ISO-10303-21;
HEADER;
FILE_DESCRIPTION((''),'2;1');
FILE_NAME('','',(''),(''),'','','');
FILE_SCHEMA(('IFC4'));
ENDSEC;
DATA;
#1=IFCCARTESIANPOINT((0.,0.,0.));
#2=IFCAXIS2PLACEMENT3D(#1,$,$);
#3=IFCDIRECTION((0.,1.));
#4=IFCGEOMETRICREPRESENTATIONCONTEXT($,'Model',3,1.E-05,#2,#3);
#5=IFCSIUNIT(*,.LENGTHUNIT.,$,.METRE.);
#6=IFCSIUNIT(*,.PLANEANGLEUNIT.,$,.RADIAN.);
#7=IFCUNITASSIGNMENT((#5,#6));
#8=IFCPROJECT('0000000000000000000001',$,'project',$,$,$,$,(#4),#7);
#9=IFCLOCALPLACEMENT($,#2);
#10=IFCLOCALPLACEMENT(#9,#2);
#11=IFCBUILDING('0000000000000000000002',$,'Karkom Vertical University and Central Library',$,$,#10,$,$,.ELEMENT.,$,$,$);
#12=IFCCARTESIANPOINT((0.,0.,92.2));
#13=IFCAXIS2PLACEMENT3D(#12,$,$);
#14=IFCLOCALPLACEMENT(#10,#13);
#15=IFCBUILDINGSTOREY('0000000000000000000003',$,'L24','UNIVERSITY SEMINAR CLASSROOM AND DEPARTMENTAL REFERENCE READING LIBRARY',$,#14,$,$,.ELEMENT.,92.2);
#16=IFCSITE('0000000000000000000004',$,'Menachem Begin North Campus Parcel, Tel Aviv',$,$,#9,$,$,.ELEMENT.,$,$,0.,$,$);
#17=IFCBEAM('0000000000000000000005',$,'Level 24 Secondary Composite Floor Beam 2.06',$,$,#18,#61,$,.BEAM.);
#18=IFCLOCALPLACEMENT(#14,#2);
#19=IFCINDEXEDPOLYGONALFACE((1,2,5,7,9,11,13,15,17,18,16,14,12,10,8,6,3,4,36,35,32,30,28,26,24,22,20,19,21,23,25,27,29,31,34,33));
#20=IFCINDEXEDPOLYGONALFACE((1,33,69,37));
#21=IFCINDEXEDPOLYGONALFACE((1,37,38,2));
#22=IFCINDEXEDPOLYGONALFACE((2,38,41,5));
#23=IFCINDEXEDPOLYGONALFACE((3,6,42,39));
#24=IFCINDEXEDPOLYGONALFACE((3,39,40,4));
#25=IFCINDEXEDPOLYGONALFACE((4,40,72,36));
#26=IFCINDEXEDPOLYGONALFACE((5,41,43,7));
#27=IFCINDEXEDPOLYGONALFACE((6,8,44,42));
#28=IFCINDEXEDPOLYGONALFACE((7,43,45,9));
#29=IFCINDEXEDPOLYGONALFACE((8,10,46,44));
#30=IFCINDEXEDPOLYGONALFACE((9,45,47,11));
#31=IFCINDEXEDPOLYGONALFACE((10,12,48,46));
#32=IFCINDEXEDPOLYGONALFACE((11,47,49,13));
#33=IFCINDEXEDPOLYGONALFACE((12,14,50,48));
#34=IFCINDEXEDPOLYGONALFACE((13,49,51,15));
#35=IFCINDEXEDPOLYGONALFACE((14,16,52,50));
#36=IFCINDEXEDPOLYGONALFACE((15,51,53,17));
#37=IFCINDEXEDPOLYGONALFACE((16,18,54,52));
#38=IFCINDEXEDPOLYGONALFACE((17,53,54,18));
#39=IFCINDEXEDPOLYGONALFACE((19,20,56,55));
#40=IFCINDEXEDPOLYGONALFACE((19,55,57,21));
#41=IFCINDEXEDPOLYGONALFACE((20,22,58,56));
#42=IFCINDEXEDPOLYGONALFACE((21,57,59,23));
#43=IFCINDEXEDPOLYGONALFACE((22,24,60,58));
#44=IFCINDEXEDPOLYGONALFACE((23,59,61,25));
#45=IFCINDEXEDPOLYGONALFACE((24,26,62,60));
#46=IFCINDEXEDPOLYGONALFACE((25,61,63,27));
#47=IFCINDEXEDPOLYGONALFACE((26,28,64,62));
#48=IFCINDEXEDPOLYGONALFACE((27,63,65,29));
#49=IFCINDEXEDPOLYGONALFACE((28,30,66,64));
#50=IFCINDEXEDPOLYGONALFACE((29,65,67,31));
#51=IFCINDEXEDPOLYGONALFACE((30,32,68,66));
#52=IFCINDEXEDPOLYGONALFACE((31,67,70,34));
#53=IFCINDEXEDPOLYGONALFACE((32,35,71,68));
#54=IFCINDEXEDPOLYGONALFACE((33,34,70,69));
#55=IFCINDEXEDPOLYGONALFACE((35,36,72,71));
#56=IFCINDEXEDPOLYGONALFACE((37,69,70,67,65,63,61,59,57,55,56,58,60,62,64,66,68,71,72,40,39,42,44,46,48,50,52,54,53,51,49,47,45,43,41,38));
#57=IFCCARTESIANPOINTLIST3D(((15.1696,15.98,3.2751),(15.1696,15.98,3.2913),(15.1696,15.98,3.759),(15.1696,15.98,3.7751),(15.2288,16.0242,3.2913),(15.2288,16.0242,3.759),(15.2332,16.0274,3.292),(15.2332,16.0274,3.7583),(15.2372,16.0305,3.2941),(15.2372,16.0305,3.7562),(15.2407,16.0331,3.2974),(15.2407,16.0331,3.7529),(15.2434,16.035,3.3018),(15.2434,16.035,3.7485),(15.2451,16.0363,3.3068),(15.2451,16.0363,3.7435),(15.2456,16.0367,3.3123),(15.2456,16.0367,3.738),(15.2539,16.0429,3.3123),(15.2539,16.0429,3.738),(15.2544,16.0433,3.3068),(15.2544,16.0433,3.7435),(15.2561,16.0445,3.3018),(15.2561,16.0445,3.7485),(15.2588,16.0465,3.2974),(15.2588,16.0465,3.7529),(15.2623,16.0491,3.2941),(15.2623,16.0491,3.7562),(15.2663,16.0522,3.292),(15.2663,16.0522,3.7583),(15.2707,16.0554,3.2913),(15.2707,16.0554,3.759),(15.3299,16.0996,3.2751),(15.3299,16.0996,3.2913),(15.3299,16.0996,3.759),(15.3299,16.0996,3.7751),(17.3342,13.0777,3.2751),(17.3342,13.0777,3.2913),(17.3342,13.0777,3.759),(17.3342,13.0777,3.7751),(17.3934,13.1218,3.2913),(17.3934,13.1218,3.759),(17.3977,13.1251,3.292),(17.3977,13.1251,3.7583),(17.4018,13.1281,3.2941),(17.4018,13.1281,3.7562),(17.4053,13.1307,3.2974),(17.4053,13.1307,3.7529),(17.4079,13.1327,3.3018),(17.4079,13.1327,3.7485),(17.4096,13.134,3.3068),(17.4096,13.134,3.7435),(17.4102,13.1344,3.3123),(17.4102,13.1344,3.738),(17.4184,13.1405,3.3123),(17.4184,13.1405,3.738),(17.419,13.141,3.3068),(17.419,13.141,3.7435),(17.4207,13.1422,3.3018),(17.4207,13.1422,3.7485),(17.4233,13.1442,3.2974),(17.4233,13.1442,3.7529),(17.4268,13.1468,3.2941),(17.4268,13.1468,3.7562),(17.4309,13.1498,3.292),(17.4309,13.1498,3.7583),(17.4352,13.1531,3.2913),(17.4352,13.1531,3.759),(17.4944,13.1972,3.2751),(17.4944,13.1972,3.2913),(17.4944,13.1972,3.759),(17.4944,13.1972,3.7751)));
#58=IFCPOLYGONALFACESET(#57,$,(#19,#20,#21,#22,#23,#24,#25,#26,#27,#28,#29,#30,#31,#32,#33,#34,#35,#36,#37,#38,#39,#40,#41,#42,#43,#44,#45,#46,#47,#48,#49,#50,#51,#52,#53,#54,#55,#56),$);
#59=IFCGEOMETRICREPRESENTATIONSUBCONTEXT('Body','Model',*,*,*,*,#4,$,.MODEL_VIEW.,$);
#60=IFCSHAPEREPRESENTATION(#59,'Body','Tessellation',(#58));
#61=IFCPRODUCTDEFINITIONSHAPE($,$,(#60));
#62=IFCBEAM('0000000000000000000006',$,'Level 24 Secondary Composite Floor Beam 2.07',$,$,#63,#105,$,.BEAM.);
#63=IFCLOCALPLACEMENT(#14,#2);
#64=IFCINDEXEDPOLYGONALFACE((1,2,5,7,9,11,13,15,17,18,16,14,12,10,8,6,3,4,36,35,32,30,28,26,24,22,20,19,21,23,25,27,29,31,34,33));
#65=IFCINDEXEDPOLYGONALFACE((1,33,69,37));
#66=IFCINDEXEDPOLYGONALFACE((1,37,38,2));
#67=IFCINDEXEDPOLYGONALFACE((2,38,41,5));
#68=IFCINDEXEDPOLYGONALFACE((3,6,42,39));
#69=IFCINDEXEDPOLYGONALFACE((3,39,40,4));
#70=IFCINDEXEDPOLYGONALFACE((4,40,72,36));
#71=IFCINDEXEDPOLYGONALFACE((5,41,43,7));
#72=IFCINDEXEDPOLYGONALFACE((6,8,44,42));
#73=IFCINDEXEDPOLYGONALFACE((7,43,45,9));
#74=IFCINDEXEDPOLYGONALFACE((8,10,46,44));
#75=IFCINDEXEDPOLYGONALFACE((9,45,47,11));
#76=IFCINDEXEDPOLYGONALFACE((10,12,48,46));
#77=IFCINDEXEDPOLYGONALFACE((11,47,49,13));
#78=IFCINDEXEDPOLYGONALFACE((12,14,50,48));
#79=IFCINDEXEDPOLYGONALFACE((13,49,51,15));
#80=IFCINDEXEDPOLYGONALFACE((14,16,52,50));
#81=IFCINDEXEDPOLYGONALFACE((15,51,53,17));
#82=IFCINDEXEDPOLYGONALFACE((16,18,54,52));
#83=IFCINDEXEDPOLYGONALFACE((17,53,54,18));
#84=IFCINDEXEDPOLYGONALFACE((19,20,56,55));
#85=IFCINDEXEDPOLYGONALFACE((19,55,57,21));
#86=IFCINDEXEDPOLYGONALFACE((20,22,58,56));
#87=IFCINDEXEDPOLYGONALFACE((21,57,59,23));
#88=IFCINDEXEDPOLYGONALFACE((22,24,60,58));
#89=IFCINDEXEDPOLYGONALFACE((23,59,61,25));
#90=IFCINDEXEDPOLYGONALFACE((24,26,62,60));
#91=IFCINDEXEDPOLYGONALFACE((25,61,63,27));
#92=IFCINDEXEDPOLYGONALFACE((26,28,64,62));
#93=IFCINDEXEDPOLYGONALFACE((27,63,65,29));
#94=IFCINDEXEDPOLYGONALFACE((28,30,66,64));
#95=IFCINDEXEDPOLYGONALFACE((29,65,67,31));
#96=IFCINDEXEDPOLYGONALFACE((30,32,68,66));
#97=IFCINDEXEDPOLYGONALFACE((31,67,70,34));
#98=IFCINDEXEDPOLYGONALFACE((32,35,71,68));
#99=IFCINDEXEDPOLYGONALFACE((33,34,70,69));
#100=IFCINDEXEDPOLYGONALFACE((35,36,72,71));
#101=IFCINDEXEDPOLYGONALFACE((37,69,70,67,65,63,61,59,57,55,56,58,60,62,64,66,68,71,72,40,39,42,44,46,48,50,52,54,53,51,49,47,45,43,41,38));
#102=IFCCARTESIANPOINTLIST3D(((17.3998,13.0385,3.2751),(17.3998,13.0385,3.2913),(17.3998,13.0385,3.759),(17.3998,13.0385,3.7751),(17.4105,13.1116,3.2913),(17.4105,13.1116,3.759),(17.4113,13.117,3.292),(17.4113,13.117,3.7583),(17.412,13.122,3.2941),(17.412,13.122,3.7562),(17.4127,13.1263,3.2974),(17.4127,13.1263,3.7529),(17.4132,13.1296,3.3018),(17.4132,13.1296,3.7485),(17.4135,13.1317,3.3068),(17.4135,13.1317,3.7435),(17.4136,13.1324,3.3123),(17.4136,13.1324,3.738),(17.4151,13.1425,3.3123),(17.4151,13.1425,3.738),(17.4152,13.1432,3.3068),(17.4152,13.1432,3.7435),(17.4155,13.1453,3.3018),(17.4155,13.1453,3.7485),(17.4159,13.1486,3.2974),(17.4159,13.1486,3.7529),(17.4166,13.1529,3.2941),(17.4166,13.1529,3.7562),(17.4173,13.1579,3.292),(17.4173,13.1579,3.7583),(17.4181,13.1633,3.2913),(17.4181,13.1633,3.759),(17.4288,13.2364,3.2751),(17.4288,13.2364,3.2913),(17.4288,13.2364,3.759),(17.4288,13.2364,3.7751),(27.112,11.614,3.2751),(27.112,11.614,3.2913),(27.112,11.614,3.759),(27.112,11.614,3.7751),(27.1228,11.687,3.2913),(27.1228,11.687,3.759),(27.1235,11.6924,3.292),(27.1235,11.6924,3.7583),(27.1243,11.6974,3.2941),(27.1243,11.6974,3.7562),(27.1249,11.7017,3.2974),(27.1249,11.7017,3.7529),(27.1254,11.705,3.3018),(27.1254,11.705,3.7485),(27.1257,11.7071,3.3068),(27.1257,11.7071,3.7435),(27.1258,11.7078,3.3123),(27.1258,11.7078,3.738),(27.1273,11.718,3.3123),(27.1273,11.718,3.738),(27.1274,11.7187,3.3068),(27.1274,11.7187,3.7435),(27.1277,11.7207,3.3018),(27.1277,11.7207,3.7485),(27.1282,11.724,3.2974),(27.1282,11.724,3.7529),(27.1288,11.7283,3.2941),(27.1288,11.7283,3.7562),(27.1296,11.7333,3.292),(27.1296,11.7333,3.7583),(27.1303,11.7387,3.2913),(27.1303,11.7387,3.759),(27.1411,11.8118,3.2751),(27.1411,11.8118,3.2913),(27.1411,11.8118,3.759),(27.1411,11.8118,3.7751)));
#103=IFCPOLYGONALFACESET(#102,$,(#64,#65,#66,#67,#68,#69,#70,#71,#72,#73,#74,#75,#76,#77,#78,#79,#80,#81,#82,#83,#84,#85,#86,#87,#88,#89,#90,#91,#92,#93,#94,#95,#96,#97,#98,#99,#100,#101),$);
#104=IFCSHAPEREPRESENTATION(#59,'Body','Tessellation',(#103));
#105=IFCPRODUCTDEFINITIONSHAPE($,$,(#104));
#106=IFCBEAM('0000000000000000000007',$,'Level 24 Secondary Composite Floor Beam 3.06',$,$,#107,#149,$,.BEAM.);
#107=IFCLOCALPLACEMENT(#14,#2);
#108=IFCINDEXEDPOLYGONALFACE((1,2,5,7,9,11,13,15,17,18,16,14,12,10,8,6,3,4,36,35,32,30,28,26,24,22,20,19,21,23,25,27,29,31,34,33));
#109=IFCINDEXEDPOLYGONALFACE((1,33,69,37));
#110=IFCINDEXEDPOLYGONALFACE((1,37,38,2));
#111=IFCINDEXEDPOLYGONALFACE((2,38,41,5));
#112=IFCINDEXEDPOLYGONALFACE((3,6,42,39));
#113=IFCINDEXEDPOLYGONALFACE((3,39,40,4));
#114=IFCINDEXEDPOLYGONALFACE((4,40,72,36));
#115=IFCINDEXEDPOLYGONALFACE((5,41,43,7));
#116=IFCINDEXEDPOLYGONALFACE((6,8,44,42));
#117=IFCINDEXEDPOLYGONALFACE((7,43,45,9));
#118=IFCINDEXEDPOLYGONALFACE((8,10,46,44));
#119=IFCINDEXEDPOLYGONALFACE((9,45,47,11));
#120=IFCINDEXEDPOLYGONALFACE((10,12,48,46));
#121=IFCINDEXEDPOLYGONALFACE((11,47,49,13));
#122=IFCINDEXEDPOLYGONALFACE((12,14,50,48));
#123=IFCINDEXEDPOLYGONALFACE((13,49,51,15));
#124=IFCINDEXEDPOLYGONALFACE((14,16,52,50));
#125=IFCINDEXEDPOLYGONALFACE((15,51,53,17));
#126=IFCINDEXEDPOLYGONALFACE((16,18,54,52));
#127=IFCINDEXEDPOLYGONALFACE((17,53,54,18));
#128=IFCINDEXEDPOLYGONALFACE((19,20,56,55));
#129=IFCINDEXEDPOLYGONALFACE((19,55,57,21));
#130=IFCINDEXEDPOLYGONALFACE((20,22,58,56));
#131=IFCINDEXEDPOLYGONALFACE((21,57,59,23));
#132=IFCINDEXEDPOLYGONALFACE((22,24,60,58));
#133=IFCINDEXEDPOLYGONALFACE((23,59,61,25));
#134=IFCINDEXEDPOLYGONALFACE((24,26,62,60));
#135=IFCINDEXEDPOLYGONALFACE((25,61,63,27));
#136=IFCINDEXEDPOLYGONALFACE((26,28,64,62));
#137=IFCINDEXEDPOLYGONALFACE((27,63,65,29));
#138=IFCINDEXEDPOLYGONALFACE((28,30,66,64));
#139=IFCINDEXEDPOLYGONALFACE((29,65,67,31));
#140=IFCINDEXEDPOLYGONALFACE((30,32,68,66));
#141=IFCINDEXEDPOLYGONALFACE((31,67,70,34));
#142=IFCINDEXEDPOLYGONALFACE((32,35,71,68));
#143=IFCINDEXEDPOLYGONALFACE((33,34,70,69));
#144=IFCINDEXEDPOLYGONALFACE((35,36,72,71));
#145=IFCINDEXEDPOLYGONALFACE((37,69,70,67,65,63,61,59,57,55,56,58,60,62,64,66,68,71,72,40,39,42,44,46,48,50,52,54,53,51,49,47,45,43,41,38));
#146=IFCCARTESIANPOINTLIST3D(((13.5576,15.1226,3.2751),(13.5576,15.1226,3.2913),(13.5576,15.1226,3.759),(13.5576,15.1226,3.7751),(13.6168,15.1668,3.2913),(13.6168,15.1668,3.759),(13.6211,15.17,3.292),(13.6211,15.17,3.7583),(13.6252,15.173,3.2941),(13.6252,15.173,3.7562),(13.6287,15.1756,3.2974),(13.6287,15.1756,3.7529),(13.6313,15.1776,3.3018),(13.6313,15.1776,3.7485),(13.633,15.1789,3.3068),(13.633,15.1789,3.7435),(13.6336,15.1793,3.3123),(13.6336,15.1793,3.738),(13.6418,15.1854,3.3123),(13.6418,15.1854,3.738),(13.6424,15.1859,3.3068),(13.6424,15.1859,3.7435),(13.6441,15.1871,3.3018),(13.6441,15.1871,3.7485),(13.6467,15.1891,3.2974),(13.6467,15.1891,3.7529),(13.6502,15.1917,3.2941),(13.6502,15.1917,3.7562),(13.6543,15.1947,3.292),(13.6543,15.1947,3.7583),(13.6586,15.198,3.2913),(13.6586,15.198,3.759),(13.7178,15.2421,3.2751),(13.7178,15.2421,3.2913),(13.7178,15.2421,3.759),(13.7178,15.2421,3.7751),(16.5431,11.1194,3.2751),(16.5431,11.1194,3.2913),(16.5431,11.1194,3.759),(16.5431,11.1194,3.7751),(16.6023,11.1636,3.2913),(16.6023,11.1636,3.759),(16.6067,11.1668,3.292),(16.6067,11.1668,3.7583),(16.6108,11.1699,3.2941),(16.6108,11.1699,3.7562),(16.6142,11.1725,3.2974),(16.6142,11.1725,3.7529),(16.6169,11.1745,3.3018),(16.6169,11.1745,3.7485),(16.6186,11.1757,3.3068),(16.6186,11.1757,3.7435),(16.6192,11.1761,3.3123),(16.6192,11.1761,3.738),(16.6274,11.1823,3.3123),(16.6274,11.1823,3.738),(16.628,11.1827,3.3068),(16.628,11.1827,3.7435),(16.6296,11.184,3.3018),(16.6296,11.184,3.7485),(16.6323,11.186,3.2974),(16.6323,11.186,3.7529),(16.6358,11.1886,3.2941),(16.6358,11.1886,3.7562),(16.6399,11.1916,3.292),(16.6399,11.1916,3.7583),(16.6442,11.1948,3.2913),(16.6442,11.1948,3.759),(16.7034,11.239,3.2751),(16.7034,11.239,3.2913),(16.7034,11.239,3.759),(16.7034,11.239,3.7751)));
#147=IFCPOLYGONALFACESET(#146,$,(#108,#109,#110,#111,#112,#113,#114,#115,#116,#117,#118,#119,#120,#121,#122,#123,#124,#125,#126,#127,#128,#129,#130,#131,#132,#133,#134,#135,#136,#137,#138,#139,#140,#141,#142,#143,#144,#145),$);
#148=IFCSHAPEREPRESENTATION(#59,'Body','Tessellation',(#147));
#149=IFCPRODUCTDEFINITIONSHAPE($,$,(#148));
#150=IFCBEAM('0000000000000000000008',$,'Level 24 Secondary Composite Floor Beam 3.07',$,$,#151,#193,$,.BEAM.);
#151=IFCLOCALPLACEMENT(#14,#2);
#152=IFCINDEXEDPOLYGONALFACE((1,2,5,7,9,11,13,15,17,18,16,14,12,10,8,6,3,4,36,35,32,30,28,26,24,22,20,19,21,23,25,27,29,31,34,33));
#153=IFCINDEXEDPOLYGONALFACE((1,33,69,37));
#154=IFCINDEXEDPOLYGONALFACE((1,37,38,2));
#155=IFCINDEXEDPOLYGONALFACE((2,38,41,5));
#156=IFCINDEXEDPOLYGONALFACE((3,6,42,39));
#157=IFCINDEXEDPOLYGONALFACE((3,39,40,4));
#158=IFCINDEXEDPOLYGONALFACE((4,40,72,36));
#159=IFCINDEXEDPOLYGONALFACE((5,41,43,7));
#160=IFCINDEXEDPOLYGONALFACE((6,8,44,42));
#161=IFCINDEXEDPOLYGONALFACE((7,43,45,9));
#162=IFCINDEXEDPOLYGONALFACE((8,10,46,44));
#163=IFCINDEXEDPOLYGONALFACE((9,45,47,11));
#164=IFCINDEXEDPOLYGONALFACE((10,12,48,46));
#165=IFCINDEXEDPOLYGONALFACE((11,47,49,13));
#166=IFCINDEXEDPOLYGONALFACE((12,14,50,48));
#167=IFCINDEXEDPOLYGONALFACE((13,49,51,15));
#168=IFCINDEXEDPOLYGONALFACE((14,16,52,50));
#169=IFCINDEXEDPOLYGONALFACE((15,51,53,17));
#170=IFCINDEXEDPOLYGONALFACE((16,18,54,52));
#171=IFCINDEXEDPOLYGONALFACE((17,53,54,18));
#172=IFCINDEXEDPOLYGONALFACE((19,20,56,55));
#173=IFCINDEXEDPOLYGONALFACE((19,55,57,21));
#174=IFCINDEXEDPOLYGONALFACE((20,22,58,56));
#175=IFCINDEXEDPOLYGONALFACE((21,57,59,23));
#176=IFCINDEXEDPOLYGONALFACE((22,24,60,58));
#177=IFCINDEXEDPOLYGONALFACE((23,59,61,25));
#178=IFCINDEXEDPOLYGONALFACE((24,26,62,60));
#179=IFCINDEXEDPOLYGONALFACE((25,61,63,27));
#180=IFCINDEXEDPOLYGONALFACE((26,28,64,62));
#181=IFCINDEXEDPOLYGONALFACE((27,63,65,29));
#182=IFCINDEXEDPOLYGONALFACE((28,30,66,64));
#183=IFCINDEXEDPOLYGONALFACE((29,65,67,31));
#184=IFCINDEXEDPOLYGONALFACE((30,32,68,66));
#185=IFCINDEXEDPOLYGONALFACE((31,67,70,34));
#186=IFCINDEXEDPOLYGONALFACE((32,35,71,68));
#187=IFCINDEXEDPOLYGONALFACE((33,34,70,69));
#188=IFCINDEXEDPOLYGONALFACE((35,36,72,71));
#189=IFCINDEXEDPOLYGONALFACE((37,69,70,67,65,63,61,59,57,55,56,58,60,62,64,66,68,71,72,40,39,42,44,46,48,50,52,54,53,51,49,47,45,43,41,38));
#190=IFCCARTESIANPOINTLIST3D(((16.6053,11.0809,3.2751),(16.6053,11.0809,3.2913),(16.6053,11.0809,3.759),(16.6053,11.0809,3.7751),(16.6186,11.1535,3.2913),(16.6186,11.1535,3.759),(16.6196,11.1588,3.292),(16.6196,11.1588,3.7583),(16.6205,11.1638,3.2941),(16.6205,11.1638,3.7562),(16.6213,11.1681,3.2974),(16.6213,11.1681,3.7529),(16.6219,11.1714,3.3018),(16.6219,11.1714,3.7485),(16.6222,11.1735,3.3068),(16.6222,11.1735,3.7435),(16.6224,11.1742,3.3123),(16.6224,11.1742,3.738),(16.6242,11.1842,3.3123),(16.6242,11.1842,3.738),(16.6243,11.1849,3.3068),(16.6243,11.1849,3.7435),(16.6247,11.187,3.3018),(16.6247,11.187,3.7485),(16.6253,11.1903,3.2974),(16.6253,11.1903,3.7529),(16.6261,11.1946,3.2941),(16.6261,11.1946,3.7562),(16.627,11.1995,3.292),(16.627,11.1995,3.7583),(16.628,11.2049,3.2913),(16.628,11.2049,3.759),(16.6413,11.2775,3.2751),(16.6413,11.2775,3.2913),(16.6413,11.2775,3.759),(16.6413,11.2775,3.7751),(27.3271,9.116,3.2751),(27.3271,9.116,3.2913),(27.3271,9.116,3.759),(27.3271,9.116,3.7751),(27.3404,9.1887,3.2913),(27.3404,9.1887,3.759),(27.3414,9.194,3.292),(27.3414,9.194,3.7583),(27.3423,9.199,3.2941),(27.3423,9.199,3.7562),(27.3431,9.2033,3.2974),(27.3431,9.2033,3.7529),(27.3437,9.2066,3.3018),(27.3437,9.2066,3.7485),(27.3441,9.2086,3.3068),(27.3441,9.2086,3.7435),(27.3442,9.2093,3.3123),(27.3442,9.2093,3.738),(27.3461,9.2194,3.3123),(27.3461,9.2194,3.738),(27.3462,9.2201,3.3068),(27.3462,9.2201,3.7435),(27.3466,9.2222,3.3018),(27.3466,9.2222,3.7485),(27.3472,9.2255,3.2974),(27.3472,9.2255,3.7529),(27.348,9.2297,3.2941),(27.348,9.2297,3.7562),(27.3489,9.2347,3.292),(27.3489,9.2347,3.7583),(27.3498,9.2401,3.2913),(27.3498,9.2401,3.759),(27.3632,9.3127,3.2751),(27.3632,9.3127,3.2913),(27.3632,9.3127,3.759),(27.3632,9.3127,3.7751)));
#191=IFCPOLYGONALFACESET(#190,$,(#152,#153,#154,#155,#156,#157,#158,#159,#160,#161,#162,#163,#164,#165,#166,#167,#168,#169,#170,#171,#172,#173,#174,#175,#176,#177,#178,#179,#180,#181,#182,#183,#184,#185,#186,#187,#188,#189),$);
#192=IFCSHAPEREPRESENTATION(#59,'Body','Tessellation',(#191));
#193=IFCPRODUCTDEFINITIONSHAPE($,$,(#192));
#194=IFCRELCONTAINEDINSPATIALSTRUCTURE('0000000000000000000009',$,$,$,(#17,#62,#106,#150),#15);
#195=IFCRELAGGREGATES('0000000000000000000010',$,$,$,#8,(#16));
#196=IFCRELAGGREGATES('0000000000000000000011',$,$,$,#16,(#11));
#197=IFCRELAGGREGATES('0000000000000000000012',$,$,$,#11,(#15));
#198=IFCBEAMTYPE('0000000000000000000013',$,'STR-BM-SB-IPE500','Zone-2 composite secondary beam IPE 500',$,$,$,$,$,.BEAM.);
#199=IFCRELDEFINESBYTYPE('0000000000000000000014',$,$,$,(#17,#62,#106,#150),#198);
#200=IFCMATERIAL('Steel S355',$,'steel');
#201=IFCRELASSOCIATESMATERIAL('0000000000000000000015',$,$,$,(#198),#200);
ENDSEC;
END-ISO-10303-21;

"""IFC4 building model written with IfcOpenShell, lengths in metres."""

from ifc_helpers import new_model, si_unit, direction, frame, origin, origin_with_axes, origin_2d, place, context, subcontext, project, spatial, i_section, extrude, source, transform, mapped, material, material_profile, profile_set, type_object, element, save


model = new_model("IFC4")

# Units and contexts
model_context = context("Model", 3, precision=1e-05, world=origin(), true_north=direction((0.0, 1.0)))
body_context = subcontext(model_context, "Body", "Model", "MODEL_VIEW")
ifc_project = project(units=[si_unit("LENGTHUNIT", "METRE"), si_unit("PLANEANGLEUNIT", "RADIAN")], contexts=[model_context])

# Site, building, storey
site_placement = place(None, origin())
site = spatial("IfcSite", under=ifc_project, at=site_placement, Name="Menachem Begin North Campus Parcel, Tel Aviv", CompositionType="ELEMENT", RefElevation=0.0)
building_placement = place(site_placement, origin())
building = spatial("IfcBuilding", under=site, at=building_placement, Name="Karkom Vertical University and Central Library", CompositionType="ELEMENT")
storey_placement = place(building_placement, frame((0.0, 0.0, 92.2)))
storey = spatial("IfcBuildingStorey", under=building, at=storey_placement, Name="L24", Description="UNIVERSITY SEMINAR CLASSROOM AND DEPARTMENTAL REFERENCE READING LIBRARY", CompositionType="ELEMENT", Elevation=92.2)

# Beams
ifc_material_1 = material(Name="Steel S355", Category="steel")
ifc_material_profile_1 = material_profile(ifc_material_1, i_section(OverallWidth=0.2, OverallDepth=0.5, WebThickness=0.0103, FlangeThickness=0.0161, FilletRadius=0.021, at=origin_2d()), Name="IPE 500")
ifc_profile_set_1 = profile_set([ifc_material_profile_1], Name="Steel S355")
beam_type_1 = type_object("IfcBeamType", Name="STR-BM-SB-IPE500", Description="Zone-2 composite secondary beam IPE 500", PredefinedType="BEAM", material=ifc_profile_set_1)
shared_shape_1 = source(origin_with_axes(), body_context, "Body", "SweptSolid", [
    extrude(i_section(OverallWidth=0.2, OverallDepth=0.5, WebThickness=0.0103, FlangeThickness=0.0161, FilletRadius=0.021, at=origin_2d()), origin(), (0.0, 0.0, 1.0), 3.6206),
])
beam_1_placement = place(storey_placement, frame((15.2498, 16.0398, 3.5251), z_axis=(0.59784, -0.801615, 0.0), x_axis=(0.801615, 0.59784, 0.0)))
element("IfcBeam", 1, at=beam_1_placement, inside=storey, type_object=beam_type_1, Name="Level 24 Secondary Composite Floor Beam 2.06", PredefinedType="BEAM", context=body_context, shape_type="MappedRepresentation", body=[
    mapped(shared_shape_1, transform((0.0, 0.0, 0.0), scale=1.0)),
])
shared_shape_2 = source(origin_with_axes(), body_context, "Body", "SweptSolid", [
    extrude(i_section(OverallWidth=0.2, OverallDepth=0.5, WebThickness=0.0103, FlangeThickness=0.0161, FilletRadius=0.021, at=origin_2d()), origin(), (0.0, 0.0, 1.0), 9.8162),
])
beam_2_placement = place(storey_placement, frame((17.4143, 13.1375, 3.5251), z_axis=(0.989413, -0.145125, 0.0), x_axis=(0.145125, 0.989413, 0.0)))
element("IfcBeam", 2, at=beam_2_placement, inside=storey, type_object=beam_type_1, Name="Level 24 Secondary Composite Floor Beam 2.07", PredefinedType="BEAM", context=body_context, shape_type="MappedRepresentation", body=[
    mapped(shared_shape_2, transform((0.0, 0.0, 0.0), scale=1.0)),
])
shared_shape_3 = source(origin_with_axes(), body_context, "Body", "SweptSolid", [
    extrude(i_section(OverallWidth=0.2, OverallDepth=0.5, WebThickness=0.0103, FlangeThickness=0.0161, FilletRadius=0.021, at=origin_2d()), origin(), (0.0, 0.0, 1.0), 4.9939),
])
beam_3_placement = place(storey_placement, frame((13.6377, 15.1824, 3.5251), z_axis=(0.597847, -0.80161, 0.0), x_axis=(0.80161, 0.597847, 0.0)))
element("IfcBeam", 3, at=beam_3_placement, inside=storey, type_object=beam_type_1, Name="Level 24 Secondary Composite Floor Beam 3.06", PredefinedType="BEAM", context=body_context, shape_type="MappedRepresentation", body=[
    mapped(shared_shape_3, transform((0.0, 0.0, 0.0), scale=1.0)),
])
shared_shape_4 = source(origin_with_axes(), body_context, "Body", "SweptSolid", [
    extrude(i_section(OverallWidth=0.2, OverallDepth=0.5, WebThickness=0.0103, FlangeThickness=0.0161, FilletRadius=0.021, at=origin_2d()), origin(), (0.0, 0.0, 1.0), 10.9004),
])
beam_4_placement = place(storey_placement, frame((16.6233, 11.1792, 3.5251), z_axis=(0.98362, -0.180253, 0.0), x_axis=(0.180253, 0.98362, 0.0)))
element("IfcBeam", 4, at=beam_4_placement, inside=storey, type_object=beam_type_1, Name="Level 24 Secondary Composite Floor Beam 3.07", PredefinedType="BEAM", context=body_context, shape_type="MappedRepresentation", body=[
    mapped(shared_shape_4, transform((0.0, 0.0, 0.0), scale=1.0)),
])

save(model, "model.ifc")
